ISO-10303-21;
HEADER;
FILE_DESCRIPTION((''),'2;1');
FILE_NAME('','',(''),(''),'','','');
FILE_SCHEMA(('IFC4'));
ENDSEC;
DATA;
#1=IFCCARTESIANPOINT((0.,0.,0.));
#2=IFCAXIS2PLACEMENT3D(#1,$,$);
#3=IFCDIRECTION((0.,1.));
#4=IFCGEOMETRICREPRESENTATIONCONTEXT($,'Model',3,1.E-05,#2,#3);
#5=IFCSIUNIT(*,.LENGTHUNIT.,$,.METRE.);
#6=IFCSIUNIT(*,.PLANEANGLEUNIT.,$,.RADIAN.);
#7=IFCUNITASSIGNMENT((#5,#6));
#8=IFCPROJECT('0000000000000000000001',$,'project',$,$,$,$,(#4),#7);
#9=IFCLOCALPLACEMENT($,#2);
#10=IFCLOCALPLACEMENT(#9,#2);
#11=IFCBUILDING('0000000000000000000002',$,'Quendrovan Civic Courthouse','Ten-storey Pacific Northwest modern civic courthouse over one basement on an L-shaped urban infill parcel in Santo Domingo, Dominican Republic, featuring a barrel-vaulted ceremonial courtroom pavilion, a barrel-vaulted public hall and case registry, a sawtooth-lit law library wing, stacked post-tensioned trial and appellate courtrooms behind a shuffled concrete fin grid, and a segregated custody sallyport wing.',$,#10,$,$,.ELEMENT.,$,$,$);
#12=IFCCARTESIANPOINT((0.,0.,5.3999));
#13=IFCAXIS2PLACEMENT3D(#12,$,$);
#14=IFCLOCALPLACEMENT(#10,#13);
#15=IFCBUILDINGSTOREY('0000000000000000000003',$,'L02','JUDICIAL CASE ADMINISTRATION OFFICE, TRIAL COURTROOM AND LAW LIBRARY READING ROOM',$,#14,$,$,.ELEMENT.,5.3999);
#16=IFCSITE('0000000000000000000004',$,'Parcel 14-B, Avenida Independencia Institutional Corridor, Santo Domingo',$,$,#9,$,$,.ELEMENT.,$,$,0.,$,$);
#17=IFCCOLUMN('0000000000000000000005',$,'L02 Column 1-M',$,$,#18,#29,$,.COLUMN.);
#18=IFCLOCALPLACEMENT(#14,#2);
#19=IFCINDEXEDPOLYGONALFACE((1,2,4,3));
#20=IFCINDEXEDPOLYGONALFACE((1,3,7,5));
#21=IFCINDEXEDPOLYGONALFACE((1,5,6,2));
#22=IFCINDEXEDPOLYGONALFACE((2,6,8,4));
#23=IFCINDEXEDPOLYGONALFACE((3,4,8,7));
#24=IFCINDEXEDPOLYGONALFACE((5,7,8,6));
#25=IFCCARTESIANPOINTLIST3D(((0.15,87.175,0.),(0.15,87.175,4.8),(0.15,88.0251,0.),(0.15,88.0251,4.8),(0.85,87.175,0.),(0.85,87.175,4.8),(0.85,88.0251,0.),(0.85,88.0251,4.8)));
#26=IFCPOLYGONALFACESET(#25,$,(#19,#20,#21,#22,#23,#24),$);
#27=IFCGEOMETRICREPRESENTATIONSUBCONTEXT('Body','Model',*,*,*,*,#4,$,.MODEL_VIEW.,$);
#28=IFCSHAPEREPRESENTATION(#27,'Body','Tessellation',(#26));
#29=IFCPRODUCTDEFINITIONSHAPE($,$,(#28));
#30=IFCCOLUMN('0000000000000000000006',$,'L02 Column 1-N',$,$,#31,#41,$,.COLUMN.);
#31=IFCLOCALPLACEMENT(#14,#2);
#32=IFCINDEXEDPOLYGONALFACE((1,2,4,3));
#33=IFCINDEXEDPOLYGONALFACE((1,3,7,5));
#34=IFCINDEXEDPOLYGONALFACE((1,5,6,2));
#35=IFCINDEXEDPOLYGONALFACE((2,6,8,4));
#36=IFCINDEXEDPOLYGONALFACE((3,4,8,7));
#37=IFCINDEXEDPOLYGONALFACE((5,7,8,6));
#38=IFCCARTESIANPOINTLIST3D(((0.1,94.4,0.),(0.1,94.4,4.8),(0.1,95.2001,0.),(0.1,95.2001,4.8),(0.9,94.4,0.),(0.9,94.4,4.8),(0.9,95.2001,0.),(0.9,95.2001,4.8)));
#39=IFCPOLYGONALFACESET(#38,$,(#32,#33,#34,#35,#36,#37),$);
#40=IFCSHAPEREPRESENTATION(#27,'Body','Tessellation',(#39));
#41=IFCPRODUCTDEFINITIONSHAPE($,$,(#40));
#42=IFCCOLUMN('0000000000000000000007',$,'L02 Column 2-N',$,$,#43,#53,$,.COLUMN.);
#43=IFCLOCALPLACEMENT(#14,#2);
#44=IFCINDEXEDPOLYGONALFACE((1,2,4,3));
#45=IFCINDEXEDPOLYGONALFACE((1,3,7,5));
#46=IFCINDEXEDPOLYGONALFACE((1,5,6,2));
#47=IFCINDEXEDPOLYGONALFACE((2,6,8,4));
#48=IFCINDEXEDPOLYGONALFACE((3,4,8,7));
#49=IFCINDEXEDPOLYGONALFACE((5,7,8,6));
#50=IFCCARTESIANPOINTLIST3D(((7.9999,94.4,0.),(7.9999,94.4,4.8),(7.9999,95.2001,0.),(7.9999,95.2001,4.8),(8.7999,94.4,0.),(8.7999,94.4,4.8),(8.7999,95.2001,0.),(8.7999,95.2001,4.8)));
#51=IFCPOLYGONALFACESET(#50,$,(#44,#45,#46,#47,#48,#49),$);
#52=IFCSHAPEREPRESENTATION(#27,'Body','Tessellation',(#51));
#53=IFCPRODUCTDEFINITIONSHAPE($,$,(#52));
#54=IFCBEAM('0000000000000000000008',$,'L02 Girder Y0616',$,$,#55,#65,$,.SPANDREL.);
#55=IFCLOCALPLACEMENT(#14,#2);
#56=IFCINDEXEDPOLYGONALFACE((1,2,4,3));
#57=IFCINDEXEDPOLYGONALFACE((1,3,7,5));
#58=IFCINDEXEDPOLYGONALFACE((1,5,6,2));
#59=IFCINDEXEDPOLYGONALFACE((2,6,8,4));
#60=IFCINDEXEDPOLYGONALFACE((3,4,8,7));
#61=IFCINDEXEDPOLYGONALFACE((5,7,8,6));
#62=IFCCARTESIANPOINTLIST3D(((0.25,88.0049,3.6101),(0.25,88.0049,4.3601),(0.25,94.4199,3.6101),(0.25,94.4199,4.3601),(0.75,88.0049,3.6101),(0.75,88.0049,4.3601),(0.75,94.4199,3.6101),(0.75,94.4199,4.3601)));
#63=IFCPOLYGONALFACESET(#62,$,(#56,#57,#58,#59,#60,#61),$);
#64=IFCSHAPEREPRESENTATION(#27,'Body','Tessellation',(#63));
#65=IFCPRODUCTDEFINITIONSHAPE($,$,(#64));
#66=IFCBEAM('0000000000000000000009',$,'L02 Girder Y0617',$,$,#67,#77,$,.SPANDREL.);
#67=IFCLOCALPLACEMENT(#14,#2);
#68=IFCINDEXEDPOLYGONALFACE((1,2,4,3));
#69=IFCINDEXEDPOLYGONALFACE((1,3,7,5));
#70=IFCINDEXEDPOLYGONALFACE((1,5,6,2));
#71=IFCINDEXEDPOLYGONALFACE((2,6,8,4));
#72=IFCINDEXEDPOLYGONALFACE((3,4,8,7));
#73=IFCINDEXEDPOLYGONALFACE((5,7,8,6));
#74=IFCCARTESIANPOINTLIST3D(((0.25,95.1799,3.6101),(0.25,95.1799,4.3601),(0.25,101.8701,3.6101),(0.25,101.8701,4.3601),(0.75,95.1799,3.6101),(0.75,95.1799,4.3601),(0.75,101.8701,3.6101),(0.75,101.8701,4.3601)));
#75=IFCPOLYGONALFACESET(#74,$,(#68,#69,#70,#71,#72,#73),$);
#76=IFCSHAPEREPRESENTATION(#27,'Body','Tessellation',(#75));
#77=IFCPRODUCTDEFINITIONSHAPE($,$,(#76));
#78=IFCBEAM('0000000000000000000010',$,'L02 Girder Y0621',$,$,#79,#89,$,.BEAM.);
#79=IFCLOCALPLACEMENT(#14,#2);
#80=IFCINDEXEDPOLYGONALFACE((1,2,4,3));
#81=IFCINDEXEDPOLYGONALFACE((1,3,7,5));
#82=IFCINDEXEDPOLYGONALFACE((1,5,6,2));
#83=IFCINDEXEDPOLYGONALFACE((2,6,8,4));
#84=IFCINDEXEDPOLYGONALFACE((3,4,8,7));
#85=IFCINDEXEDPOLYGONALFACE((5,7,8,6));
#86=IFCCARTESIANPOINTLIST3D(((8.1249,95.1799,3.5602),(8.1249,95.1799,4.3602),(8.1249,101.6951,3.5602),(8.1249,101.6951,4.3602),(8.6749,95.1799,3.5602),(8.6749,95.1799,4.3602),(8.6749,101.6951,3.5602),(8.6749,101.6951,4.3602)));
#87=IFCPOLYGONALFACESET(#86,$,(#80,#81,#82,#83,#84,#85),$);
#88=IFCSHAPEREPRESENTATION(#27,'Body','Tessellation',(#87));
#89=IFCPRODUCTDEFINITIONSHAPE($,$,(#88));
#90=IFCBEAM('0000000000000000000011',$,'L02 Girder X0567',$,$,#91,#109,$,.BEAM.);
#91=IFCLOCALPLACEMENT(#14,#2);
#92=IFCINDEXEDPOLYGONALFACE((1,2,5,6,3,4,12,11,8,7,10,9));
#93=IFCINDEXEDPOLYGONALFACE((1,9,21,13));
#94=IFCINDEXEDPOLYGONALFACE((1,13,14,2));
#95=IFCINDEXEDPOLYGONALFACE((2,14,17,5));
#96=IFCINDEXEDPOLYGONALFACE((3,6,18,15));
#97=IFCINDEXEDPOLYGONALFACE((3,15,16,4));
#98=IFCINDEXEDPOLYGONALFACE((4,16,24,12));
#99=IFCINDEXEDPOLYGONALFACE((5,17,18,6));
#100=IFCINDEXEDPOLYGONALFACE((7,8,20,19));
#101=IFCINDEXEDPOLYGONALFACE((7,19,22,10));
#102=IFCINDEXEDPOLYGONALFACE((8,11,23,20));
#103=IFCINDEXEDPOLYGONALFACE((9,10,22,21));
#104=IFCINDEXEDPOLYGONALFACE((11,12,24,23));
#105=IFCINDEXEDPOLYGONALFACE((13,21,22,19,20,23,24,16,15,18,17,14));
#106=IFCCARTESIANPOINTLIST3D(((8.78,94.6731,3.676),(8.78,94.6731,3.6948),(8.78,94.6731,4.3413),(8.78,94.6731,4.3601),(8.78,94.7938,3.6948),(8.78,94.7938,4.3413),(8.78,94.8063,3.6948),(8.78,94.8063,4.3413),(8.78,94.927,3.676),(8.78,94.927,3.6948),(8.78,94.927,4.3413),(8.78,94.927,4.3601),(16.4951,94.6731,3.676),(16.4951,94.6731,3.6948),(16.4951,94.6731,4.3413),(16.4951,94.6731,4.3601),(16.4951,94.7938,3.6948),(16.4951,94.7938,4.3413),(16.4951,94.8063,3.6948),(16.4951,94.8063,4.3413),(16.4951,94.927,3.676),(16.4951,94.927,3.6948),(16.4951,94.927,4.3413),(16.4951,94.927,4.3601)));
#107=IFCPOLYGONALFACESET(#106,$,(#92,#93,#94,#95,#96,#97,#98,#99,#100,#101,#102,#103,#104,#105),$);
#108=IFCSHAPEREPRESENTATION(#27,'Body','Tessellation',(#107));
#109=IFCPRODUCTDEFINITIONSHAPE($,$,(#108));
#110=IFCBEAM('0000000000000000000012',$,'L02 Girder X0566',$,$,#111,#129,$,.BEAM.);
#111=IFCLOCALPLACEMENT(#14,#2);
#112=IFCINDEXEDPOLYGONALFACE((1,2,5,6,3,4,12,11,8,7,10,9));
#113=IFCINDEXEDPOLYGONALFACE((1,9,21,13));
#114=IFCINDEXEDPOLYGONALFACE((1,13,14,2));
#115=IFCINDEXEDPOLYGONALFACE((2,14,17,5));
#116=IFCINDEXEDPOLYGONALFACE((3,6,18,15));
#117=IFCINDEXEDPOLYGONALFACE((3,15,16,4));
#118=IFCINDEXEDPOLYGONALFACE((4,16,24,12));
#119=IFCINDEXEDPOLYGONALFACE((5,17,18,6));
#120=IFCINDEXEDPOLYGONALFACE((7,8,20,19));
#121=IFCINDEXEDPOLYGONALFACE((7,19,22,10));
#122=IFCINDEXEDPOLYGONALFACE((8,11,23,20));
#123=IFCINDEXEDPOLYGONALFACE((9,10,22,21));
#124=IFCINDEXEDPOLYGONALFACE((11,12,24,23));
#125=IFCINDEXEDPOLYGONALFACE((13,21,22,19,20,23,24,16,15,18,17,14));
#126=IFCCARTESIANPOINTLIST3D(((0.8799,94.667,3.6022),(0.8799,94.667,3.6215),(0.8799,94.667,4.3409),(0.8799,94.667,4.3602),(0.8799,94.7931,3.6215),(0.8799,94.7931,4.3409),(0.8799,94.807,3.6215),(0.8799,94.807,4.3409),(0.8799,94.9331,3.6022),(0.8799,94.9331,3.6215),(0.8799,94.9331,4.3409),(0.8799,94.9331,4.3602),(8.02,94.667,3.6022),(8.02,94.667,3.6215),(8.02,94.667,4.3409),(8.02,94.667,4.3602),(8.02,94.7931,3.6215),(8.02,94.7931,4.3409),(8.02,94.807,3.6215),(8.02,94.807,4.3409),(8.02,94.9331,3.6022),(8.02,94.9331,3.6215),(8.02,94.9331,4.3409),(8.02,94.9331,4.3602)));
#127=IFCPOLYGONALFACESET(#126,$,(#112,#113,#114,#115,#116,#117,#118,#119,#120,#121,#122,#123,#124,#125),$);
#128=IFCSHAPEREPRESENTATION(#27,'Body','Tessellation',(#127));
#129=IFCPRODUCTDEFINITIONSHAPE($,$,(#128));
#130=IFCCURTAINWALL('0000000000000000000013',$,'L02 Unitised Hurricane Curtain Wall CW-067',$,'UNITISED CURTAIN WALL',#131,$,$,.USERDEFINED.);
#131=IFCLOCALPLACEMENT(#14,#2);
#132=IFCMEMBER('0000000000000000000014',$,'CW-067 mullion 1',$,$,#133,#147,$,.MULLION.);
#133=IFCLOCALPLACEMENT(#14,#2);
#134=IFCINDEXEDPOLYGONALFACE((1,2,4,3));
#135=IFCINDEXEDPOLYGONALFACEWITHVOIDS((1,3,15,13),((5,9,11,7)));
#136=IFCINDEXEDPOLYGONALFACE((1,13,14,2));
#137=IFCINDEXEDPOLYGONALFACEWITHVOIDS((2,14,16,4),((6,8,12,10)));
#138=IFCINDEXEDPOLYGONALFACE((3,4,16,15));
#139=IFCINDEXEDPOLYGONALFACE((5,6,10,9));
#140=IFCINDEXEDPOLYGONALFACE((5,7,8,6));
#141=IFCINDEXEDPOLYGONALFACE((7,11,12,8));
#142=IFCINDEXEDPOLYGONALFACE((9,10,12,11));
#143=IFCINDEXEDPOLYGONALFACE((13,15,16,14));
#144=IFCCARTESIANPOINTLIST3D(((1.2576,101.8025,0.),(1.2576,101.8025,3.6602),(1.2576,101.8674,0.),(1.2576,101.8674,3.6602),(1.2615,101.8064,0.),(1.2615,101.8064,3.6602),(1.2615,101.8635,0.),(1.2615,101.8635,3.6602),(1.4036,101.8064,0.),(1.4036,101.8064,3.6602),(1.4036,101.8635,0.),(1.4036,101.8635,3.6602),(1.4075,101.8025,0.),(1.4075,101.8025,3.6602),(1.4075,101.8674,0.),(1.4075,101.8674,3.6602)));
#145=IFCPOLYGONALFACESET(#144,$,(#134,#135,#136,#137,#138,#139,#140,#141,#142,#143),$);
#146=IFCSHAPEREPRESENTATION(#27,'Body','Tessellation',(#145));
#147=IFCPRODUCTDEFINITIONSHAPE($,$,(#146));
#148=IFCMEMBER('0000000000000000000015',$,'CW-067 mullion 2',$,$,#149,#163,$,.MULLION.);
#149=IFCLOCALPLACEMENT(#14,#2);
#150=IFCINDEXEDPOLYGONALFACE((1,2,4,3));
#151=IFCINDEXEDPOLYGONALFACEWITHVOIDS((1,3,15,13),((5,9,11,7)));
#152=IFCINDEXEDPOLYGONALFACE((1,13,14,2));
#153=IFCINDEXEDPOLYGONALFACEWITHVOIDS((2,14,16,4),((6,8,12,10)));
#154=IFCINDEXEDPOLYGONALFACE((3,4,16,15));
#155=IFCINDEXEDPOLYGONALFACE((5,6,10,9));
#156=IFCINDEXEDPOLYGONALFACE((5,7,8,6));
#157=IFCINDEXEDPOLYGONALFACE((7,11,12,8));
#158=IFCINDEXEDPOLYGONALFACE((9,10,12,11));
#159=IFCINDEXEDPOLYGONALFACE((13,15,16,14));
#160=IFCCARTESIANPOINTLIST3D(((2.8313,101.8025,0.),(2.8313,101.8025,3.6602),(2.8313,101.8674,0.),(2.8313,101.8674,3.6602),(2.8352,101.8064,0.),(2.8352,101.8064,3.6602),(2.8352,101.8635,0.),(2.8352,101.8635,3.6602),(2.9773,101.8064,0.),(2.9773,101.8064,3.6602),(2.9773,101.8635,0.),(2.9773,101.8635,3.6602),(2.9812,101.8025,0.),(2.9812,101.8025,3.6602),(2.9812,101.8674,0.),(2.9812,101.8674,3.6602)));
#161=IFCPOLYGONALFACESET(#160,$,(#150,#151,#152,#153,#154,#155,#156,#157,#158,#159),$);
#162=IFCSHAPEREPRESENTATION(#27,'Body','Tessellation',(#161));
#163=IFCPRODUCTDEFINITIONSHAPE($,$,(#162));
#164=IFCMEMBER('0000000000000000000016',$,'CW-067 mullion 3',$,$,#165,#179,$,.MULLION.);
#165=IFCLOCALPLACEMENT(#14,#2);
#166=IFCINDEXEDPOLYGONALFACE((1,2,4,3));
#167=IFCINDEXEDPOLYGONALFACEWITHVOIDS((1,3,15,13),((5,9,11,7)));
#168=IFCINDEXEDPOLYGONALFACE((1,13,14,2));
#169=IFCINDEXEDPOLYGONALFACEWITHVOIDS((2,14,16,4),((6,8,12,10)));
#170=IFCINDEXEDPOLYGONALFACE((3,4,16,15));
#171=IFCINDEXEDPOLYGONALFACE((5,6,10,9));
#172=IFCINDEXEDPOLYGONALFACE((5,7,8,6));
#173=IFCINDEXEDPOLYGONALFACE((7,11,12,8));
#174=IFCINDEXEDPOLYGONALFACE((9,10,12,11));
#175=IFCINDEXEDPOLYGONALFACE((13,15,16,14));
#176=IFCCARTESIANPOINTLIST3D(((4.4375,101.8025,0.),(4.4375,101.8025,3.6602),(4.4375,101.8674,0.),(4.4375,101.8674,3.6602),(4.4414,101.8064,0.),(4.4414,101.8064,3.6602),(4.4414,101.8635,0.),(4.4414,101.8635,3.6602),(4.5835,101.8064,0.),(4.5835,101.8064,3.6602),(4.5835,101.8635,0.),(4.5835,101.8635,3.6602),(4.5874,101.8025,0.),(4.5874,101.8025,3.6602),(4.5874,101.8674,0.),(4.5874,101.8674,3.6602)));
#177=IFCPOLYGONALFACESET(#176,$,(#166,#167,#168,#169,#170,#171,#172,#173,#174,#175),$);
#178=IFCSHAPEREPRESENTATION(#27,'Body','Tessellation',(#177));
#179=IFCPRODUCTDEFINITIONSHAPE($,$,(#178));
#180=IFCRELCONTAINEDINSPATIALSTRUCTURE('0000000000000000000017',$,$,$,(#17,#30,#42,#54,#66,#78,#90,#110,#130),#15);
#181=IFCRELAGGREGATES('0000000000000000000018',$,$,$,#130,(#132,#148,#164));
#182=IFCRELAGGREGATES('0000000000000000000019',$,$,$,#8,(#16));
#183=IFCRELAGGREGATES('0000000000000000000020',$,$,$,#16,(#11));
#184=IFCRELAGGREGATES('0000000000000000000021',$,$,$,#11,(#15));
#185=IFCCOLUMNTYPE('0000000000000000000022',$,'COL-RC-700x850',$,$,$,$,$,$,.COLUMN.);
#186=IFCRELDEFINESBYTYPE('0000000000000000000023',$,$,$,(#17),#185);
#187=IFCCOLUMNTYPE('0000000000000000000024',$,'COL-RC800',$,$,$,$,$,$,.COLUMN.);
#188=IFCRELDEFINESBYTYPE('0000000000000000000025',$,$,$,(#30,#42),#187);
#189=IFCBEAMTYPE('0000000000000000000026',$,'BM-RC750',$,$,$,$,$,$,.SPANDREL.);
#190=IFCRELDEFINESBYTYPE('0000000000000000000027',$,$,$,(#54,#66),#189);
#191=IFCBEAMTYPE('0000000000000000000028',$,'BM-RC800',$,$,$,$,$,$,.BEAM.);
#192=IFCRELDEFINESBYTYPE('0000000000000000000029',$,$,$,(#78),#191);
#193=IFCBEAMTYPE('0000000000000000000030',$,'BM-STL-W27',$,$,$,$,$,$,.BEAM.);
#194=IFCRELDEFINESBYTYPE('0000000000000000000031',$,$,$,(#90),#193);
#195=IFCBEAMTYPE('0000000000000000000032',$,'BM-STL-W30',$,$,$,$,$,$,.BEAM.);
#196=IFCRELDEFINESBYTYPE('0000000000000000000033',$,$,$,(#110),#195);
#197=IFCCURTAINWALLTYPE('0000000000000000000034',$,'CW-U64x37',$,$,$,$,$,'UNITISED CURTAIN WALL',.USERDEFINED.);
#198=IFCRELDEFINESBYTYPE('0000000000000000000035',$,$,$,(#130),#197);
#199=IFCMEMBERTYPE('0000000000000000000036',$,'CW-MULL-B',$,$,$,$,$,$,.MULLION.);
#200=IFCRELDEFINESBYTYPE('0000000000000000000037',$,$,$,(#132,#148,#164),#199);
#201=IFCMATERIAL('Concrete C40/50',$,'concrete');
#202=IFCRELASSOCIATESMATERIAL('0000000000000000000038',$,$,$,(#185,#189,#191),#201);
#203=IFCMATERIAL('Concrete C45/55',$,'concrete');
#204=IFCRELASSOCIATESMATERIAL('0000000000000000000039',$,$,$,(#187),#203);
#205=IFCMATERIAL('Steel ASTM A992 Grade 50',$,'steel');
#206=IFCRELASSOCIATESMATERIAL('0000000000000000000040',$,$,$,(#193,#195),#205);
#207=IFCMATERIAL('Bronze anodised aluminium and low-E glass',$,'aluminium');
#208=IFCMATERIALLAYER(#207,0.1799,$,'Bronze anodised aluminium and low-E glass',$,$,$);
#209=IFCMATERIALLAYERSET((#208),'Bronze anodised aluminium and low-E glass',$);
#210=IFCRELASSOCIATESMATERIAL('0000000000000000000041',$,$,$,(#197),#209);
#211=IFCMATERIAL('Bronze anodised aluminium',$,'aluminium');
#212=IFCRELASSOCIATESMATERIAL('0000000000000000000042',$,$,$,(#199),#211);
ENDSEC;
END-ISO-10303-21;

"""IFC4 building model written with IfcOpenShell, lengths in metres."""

from ifc_helpers import new_model, si_unit, direction, frame, origin, origin_2d, place, context, subcontext, project, spatial, rectangle, hollow_rectangle, i_section, extrude, material, layer, layer_set, material_profile, profile_set, type_object, element, aggregate, save


model = new_model("IFC4")

# Units and contexts
model_context = context("Model", 3, precision=1e-05, world=origin(), true_north=direction((0.0, 1.0)))
body_context = subcontext(model_context, "Body", "Model", "MODEL_VIEW")
ifc_project = project(units=[si_unit("LENGTHUNIT", "METRE"), si_unit("PLANEANGLEUNIT", "RADIAN")], contexts=[model_context])

# Site, building, storey
site_placement = place(None, origin())
site = spatial("IfcSite", under=ifc_project, at=site_placement, Name="Parcel 14-B, Avenida Independencia Institutional Corridor, Santo Domingo", CompositionType="ELEMENT", RefElevation=0.0)
building_placement = place(site_placement, origin())
building = spatial("IfcBuilding", under=site, at=building_placement, Name="Quendrovan Civic Courthouse", Description="Ten-storey Pacific Northwest modern civic courthouse over one basement on an L-shaped urban infill parcel in Santo Domingo, Dominican Republic, featuring a barrel-vaulted ceremonial courtroom pavilion, a barrel-vaulted public hall and case registry, a sawtooth-lit law library wing, stacked post-tensioned trial and appellate courtrooms behind a shuffled concrete fin grid, and a segregated custody sallyport wing.", CompositionType="ELEMENT")
storey_placement = place(building_placement, frame((0.0, 0.0, 5.3999)))
storey = spatial("IfcBuildingStorey", under=building, at=storey_placement, Name="L02", Description="JUDICIAL CASE ADMINISTRATION OFFICE, TRIAL COURTROOM AND LAW LIBRARY READING ROOM", CompositionType="ELEMENT", Elevation=5.3999)

# Columns
ifc_material_1 = material(Name="Concrete C40/50", Category="concrete")
ifc_material_profile_1 = material_profile(ifc_material_1, rectangle(XDim=0.7, YDim=0.8501, at=origin_2d()), Name="RC-COL-700x850")
ifc_profile_set_1 = profile_set([ifc_material_profile_1], Name="Concrete C40/50")
column_type_1 = type_object("IfcColumnType", Name="COL-RC-700x850", PredefinedType="COLUMN", material=ifc_profile_set_1)
column_placement = place(storey_placement, frame((0.5, 87.6001, 0.0), z_axis=(0.0, 0.0, 1.0), x_axis=(1.0, 0.0, 0.0)))
element("IfcColumn", 1, at=column_placement, inside=storey, type_object=column_type_1, Name="L02 Column 1-M", PredefinedType="COLUMN", context=body_context, shape_type="SweptSolid", body=[
    extrude(rectangle(XDim=0.7, YDim=0.8501, at=origin_2d()), origin(), (0.0, 0.0, 1.0), 4.8),
])
ifc_material_2 = material(Name="Concrete C45/55", Category="concrete")
ifc_material_profile_2 = material_profile(ifc_material_2, rectangle(XDim=0.8, YDim=0.8, at=origin_2d()), Name="RC-COL-800x800")
ifc_profile_set_2 = profile_set([ifc_material_profile_2], Name="Concrete C45/55")
column_type_2 = type_object("IfcColumnType", Name="COL-RC800", PredefinedType="COLUMN", material=ifc_profile_set_2)
for number, where, z_axis, x_axis, name in (
    (2, (0.5, 94.8, 0.0), (0.0, 0.0, 1.0), (1.0, 0.0, 0.0), "L02 Column 1-N"),
    (3, (8.3999, 94.8, 0.0), (0.0, 0.0, 1.0), (1.0, 0.0, 0.0), "L02 Column 2-N"),
):
    element("IfcColumn", number, at=place(storey_placement, frame(where, z_axis=z_axis, x_axis=x_axis)), inside=storey, type_object=column_type_2, Name=name, PredefinedType="COLUMN", context=body_context, shape_type="SweptSolid", body=[
        extrude(rectangle(XDim=0.8, YDim=0.8, at=origin_2d()), origin(), (0.0, 0.0, 1.0), 4.8),
    ])

# Beams
ifc_material_profile_3 = material_profile(ifc_material_1, rectangle(XDim=0.5, YDim=0.75, at=origin_2d()), Name="RC-BM-500x750")
ifc_profile_set_3 = profile_set([ifc_material_profile_3], Name="Concrete C40/50")
beam_type_1 = type_object("IfcBeamType", Name="BM-RC750", PredefinedType="SPANDREL", material=ifc_profile_set_3)
beam_1_placement = place(storey_placement, frame((0.5, 88.0049, 3.9851), z_axis=(0.0, 1.0, 0.0), x_axis=(-1.0, 0.0, 0.0)))
element("IfcBeam", 4, at=beam_1_placement, inside=storey, type_object=beam_type_1, Name="L02 Girder Y0616", PredefinedType="SPANDREL", context=body_context, shape_type="SweptSolid", body=[
    extrude(rectangle(XDim=0.5, YDim=0.75, at=origin_2d()), origin(), (0.0, 0.0, 1.0), 6.415),
])
beam_2_placement = place(storey_placement, frame((0.5, 95.1799, 3.9851), z_axis=(0.0, 1.0, 0.0), x_axis=(-1.0, 0.0, 0.0)))
element("IfcBeam", 5, at=beam_2_placement, inside=storey, type_object=beam_type_1, Name="L02 Girder Y0617", PredefinedType="SPANDREL", context=body_context, shape_type="SweptSolid", body=[
    extrude(rectangle(XDim=0.5, YDim=0.75, at=origin_2d()), origin(), (0.0, 0.0, 1.0), 6.6902),
])
ifc_material_profile_4 = material_profile(ifc_material_1, rectangle(XDim=0.55, YDim=0.8, at=origin_2d()), Name="RC-BM-550x800")
ifc_profile_set_4 = profile_set([ifc_material_profile_4], Name="Concrete C40/50")
beam_type_2 = type_object("IfcBeamType", Name="BM-RC800", PredefinedType="BEAM", material=ifc_profile_set_4)
beam_3_placement = place(storey_placement, frame((8.3999, 95.1799, 3.9602), z_axis=(0.0, 1.0, 0.0), x_axis=(-1.0, 0.0, 0.0)))
element("IfcBeam", 6, at=beam_3_placement, inside=storey, type_object=beam_type_2, Name="L02 Girder Y0621", PredefinedType="BEAM", context=body_context, shape_type="SweptSolid", body=[
    extrude(rectangle(XDim=0.55, YDim=0.8, at=origin_2d()), origin(), (0.0, 0.0, 1.0), 6.5151),
])
ifc_material_3 = material(Name="Steel ASTM A992 Grade 50", Category="steel")
ifc_material_profile_5 = material_profile(ifc_material_3, i_section(OverallWidth=0.2539, OverallDepth=0.6841, WebThickness=0.0125, FlangeThickness=0.0188, at=origin_2d()), Name="W27X94")
ifc_profile_set_5 = profile_set([ifc_material_profile_5], Name="Steel ASTM A992 Grade 50")
beam_type_3 = type_object("IfcBeamType", Name="BM-STL-W27", PredefinedType="BEAM", material=ifc_profile_set_5)
beam_4_placement = place(storey_placement, frame((8.78, 94.8, 4.0181), z_axis=(1.0, 0.0, 0.0), x_axis=(0.0, 1.0, 0.0)))
element("IfcBeam", 7, at=beam_4_placement, inside=storey, type_object=beam_type_3, Name="L02 Girder X0567", PredefinedType="BEAM", context=body_context, shape_type="SweptSolid", body=[
    extrude(i_section(OverallWidth=0.2539, OverallDepth=0.6841, WebThickness=0.0125, FlangeThickness=0.0188, at=origin_2d()), origin(), (0.0, 0.0, 1.0), 7.7151),
])
ifc_material_profile_6 = material_profile(ifc_material_3, i_section(OverallWidth=0.2661, OverallDepth=0.7581, WebThickness=0.0139, FlangeThickness=0.0193, at=origin_2d()), Name="W30X108")
ifc_profile_set_6 = profile_set([ifc_material_profile_6], Name="Steel ASTM A992 Grade 50")
beam_type_4 = type_object("IfcBeamType", Name="BM-STL-W30", PredefinedType="BEAM", material=ifc_profile_set_6)
beam_5_placement = place(storey_placement, frame((0.8799, 94.8, 3.9812), z_axis=(1.0, 0.0, 0.0), x_axis=(0.0, 1.0, 0.0)))
element("IfcBeam", 8, at=beam_5_placement, inside=storey, type_object=beam_type_4, Name="L02 Girder X0566", PredefinedType="BEAM", context=body_context, shape_type="SweptSolid", body=[
    extrude(i_section(OverallWidth=0.2661, OverallDepth=0.7581, WebThickness=0.0139, FlangeThickness=0.0193, at=origin_2d()), origin(), (0.0, 0.0, 1.0), 7.1401),
])

# Curtain wall, members
ifc_material_4 = material(Name="Bronze anodised aluminium and low-E glass", Category="aluminium")
ifc_layer_1 = layer(ifc_material_4, 0.1799, Name="Bronze anodised aluminium and low-E glass")
ifc_layer_set_1 = layer_set([ifc_layer_1], Name="Bronze anodised aluminium and low-E glass")
curtain_wall_type = type_object("IfcCurtainWallType", Name="CW-U64x37", ElementType="UNITISED CURTAIN WALL", PredefinedType="USERDEFINED", material=ifc_layer_set_1)
curtain_wall_placement = place(storey_placement, origin())
curtain_wall = element("IfcCurtainWall", 9, at=curtain_wall_placement, inside=storey, type_object=curtain_wall_type, Name="L02 Unitised Hurricane Curtain Wall CW-067", ObjectType="UNITISED CURTAIN WALL", PredefinedType="USERDEFINED")
ifc_material_5 = material(Name="Bronze anodised aluminium", Category="aluminium")
ifc_material_profile_7 = material_profile(ifc_material_5, hollow_rectangle(XDim=0.0649, YDim=0.1499, WallThickness=0.0039, at=origin_2d()), Name="CW-MULL-65x150")
ifc_profile_set_7 = profile_set([ifc_material_profile_7], Name="Bronze anodised aluminium")
member_type_1 = type_object("IfcMemberType", Name="CW-MULL-B", PredefinedType="MULLION", material=ifc_profile_set_7)
member_1_placement = place(storey_placement, frame((1.3325, 101.835, 0.0), z_axis=(0.0, 0.0, 1.0), x_axis=(0.0, 1.0, 0.0)))
member_1 = element("IfcMember", 10, at=member_1_placement, type_object=member_type_1, Name="CW-067 mullion 1", PredefinedType="MULLION", context=body_context, shape_type="SweptSolid", body=[
    extrude(hollow_rectangle(XDim=0.0649, YDim=0.1499, WallThickness=0.0039, at=origin_2d()), origin(), (0.0, 0.0, 1.0), 3.6602),
])
member_2_placement = place(storey_placement, frame((2.9062, 101.835, 0.0), z_axis=(0.0, 0.0, 1.0), x_axis=(0.0, 1.0, 0.0)))
member_2 = element("IfcMember", 11, at=member_2_placement, type_object=member_type_1, Name="CW-067 mullion 2", PredefinedType="MULLION", context=body_context, shape_type="SweptSolid", body=[
    extrude(hollow_rectangle(XDim=0.0649, YDim=0.1499, WallThickness=0.0039, at=origin_2d()), origin(), (0.0, 0.0, 1.0), 3.6602),
])
member_3_placement = place(storey_placement, frame((4.5125, 101.835, 0.0), z_axis=(0.0, 0.0, 1.0), x_axis=(0.0, 1.0, 0.0)))
member_3 = element("IfcMember", 12, at=member_3_placement, type_object=member_type_1, Name="CW-067 mullion 3", PredefinedType="MULLION", context=body_context, shape_type="SweptSolid", body=[
    extrude(hollow_rectangle(XDim=0.0649, YDim=0.1499, WallThickness=0.0039, at=origin_2d()), origin(), (0.0, 0.0, 1.0), 3.6602),
])
aggregate(curtain_wall, [member_1, member_2, member_3])

save(model, "model.ifc")
